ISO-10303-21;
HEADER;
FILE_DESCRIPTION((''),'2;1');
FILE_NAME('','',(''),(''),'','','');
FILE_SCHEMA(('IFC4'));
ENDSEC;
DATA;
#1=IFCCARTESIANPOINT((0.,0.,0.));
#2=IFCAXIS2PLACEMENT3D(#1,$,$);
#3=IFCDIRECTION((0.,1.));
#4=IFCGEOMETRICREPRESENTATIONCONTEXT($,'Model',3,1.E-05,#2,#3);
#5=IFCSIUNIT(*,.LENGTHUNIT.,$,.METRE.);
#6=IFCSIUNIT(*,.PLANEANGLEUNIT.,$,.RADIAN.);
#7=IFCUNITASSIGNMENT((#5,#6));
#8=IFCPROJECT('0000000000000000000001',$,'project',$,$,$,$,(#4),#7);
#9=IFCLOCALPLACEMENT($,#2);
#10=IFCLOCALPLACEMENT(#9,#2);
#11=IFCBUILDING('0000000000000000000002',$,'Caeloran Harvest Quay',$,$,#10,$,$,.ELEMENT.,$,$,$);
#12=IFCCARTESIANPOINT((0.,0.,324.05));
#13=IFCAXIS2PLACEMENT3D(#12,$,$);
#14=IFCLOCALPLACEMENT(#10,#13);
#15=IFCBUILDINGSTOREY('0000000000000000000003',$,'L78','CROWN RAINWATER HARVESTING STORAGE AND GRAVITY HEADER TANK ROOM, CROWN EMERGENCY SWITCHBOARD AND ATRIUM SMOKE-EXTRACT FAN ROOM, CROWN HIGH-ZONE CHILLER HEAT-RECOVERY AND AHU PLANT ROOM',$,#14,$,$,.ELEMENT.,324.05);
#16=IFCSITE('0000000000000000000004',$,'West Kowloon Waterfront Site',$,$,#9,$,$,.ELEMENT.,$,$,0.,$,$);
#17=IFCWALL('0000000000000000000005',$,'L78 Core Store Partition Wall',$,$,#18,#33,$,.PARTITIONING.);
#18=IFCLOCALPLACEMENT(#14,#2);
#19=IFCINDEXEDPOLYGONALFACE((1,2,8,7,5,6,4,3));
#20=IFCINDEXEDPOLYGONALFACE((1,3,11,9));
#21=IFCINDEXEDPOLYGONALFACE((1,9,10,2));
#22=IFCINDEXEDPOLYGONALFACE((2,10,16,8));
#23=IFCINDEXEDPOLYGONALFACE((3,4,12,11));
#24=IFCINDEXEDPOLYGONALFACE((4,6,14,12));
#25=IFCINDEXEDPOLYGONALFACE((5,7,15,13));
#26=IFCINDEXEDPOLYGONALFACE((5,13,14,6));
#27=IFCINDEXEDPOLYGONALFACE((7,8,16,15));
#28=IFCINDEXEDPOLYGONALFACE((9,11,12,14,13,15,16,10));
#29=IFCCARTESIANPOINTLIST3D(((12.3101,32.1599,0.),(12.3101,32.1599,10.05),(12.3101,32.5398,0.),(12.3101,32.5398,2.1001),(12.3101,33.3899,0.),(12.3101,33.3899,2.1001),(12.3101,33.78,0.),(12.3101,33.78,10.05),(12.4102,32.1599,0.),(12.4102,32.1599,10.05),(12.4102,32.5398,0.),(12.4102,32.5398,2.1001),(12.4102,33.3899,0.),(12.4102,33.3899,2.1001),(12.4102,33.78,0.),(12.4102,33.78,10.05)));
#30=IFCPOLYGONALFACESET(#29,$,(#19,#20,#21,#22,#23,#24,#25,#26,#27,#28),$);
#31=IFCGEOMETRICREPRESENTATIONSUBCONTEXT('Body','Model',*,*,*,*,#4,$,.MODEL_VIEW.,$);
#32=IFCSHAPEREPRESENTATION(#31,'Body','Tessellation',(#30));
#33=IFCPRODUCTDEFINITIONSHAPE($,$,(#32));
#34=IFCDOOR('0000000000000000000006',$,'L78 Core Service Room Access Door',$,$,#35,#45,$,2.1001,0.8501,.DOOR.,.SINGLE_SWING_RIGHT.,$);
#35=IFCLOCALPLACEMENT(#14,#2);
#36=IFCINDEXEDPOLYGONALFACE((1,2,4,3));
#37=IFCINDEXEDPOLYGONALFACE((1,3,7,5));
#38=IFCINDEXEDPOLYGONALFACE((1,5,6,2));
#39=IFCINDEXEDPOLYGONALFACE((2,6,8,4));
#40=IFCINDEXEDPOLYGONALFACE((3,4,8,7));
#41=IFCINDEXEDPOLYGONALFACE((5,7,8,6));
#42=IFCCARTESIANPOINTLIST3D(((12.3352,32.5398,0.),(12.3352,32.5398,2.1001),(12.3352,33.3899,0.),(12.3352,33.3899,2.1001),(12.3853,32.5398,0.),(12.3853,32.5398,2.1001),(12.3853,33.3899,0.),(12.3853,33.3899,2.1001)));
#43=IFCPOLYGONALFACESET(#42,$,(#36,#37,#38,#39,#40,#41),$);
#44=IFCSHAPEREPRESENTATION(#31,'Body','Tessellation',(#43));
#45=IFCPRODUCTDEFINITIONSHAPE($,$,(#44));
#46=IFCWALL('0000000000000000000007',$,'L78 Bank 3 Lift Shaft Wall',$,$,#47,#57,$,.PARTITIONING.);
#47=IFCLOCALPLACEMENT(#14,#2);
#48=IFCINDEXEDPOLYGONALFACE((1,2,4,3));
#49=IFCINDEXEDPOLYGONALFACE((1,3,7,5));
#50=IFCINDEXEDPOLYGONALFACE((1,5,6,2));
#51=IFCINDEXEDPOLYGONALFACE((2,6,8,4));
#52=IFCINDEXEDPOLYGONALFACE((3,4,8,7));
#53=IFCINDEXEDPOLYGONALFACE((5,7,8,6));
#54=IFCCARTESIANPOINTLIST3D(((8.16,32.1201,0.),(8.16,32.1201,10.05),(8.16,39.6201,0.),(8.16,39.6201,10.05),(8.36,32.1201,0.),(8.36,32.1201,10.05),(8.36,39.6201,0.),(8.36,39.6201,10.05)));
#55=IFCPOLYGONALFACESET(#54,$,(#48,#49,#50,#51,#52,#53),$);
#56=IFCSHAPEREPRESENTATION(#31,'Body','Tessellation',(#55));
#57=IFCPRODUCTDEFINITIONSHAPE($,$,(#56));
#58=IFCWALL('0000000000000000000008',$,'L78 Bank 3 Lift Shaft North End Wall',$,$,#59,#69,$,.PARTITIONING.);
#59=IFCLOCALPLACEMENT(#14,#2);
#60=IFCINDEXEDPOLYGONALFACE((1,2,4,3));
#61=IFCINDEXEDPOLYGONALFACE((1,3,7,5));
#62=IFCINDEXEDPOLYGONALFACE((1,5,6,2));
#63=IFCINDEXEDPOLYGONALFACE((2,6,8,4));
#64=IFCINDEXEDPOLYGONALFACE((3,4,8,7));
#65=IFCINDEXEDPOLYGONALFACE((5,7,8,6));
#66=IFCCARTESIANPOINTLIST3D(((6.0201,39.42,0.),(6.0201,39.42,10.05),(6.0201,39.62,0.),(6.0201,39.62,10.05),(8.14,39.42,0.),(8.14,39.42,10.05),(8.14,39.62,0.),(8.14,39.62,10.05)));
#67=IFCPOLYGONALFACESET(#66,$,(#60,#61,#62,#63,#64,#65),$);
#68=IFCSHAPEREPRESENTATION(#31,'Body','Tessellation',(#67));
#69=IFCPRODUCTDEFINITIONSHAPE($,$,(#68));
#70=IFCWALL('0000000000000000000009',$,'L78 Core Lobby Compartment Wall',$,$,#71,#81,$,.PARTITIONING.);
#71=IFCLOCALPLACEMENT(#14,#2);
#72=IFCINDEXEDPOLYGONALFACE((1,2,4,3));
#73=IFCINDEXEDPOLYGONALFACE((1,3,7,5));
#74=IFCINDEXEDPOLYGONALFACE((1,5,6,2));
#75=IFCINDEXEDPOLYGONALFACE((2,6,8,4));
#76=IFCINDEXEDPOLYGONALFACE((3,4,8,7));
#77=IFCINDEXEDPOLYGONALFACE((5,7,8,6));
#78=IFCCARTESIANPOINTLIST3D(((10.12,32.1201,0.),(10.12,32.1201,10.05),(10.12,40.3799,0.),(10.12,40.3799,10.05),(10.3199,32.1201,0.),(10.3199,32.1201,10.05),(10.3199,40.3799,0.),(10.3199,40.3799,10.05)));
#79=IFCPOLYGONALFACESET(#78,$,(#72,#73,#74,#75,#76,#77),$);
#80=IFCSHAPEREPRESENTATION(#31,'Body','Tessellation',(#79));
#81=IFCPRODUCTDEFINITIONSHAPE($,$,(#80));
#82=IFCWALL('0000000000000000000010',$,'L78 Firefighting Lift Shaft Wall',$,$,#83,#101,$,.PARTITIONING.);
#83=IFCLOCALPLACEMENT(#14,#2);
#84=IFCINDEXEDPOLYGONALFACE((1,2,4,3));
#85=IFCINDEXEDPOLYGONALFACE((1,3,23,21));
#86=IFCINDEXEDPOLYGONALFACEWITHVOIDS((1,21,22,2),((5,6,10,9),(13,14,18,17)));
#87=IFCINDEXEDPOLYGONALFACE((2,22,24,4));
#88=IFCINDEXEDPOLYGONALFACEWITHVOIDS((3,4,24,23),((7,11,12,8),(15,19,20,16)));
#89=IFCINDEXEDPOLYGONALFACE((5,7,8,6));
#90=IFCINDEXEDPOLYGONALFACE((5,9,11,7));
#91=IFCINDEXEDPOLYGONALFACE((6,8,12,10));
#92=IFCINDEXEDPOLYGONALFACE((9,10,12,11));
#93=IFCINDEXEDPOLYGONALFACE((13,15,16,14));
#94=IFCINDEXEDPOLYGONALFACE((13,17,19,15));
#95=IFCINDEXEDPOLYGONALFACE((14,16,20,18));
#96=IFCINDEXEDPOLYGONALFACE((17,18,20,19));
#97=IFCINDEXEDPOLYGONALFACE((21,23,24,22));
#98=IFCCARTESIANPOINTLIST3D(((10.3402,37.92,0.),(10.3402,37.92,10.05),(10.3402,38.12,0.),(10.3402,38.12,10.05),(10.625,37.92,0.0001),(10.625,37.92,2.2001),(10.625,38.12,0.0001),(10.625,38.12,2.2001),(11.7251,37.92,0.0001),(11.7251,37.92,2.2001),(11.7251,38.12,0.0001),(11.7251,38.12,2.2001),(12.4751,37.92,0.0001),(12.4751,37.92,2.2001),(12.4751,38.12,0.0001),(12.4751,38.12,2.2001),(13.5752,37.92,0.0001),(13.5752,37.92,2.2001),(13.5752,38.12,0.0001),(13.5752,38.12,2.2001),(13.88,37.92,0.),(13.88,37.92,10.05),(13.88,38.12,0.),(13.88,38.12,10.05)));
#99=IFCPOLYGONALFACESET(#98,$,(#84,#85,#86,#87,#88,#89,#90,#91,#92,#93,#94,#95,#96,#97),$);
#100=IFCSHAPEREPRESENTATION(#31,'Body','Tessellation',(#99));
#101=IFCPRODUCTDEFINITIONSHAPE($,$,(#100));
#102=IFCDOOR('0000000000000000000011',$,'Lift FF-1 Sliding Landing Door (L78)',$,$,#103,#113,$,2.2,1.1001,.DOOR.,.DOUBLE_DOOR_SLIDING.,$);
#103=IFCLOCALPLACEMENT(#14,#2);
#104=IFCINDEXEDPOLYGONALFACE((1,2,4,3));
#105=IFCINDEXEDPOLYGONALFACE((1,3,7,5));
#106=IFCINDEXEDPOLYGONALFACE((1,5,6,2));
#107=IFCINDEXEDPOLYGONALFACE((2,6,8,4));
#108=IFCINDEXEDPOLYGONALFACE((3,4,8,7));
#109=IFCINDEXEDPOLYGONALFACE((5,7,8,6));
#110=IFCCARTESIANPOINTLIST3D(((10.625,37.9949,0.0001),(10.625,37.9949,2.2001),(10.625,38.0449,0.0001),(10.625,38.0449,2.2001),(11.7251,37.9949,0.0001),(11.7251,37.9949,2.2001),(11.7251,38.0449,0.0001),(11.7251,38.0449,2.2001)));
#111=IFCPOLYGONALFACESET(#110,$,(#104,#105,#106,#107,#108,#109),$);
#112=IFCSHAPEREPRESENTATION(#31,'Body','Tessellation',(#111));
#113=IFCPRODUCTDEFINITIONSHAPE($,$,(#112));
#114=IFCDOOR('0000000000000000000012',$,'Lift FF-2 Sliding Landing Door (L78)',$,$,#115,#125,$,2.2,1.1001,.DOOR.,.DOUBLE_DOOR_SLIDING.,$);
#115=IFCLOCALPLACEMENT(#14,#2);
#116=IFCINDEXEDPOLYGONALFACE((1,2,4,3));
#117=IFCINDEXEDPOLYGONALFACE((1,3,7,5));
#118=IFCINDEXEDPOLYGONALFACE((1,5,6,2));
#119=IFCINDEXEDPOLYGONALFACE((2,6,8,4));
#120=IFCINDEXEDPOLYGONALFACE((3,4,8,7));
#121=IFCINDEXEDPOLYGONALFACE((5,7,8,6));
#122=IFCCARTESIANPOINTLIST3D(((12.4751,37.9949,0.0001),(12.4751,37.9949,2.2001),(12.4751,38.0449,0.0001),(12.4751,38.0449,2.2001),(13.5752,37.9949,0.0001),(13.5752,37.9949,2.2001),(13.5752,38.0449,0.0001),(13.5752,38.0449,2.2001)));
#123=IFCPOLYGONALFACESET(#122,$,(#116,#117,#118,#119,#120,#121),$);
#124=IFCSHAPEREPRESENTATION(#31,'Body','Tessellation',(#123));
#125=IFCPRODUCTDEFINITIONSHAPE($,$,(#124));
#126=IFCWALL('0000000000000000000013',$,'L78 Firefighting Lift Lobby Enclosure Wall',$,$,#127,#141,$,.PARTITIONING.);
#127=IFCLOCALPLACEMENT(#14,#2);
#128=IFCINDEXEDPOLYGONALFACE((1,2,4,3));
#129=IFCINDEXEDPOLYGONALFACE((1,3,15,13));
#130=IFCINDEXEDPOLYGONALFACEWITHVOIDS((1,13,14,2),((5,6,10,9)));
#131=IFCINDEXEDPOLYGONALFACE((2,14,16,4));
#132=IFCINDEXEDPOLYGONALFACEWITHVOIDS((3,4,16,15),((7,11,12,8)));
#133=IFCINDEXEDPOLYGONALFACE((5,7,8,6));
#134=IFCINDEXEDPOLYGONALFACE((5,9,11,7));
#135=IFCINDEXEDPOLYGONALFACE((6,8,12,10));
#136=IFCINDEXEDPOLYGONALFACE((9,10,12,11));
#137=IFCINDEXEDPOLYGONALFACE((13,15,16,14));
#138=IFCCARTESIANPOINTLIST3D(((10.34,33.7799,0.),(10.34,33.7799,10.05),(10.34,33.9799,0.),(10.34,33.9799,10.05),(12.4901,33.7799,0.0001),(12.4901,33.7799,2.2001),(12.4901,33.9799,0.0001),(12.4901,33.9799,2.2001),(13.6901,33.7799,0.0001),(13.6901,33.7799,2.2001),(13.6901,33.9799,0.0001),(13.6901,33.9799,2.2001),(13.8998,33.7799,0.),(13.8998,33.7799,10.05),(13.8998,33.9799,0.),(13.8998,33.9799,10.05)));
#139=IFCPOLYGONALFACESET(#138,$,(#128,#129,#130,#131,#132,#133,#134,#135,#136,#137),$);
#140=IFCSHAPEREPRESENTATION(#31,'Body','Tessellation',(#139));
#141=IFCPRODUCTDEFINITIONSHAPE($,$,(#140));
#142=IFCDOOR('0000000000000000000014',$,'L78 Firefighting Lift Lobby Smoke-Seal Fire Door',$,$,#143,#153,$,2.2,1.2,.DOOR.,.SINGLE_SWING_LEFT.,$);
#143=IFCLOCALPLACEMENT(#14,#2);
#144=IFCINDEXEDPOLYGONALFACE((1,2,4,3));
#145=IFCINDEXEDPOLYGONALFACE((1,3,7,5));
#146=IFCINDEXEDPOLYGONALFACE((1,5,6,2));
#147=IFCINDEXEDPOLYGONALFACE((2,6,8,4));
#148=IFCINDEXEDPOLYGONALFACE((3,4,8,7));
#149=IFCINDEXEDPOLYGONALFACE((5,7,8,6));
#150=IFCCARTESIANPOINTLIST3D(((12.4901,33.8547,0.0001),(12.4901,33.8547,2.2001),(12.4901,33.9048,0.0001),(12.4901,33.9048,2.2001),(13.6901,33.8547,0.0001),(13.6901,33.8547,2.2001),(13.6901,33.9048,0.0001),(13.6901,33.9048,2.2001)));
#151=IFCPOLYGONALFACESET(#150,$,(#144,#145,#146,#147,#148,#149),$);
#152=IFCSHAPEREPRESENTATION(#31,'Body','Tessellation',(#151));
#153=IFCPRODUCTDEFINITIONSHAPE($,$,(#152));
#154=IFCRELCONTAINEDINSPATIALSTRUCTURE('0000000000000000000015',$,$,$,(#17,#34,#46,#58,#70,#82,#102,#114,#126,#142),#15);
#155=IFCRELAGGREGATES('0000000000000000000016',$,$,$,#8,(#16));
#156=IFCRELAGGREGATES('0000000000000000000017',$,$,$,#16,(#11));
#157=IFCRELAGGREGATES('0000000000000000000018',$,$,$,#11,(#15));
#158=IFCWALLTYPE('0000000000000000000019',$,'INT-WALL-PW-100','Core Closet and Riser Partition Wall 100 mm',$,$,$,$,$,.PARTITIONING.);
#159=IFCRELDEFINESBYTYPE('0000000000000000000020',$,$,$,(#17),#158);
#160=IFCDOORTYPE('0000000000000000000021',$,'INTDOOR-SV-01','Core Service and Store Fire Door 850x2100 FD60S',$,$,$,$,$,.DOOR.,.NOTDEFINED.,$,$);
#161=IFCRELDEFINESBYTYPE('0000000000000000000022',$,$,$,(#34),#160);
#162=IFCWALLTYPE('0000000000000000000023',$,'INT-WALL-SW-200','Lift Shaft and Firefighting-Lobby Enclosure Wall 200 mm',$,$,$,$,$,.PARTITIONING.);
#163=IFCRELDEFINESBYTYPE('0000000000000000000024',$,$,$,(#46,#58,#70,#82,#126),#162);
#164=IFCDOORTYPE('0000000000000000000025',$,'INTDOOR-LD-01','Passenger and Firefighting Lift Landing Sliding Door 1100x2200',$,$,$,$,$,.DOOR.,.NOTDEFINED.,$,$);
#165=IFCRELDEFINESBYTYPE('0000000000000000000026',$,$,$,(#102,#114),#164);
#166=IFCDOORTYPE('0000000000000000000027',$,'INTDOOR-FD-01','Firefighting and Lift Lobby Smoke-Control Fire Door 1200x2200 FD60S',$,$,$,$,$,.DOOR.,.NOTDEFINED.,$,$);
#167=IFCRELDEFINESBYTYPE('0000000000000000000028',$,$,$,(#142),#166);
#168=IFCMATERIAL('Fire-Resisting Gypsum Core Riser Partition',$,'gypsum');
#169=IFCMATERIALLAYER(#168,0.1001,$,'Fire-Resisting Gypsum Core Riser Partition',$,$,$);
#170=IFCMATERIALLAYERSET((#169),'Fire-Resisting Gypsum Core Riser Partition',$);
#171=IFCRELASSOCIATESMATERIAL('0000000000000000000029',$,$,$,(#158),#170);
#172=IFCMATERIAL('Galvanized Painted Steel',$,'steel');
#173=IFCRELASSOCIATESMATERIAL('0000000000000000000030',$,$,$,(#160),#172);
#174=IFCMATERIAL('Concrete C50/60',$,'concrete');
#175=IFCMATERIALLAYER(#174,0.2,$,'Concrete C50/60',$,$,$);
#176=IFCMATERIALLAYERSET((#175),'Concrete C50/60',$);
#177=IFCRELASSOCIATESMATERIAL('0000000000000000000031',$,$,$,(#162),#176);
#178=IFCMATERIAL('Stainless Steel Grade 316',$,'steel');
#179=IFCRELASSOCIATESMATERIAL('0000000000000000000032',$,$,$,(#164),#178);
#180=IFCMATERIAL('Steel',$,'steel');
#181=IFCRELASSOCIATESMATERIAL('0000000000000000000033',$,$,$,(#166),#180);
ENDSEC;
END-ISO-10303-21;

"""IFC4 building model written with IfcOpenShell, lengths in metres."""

from ifc_helpers import new_model, si_unit, direction, frame, frame_2d, origin, place, context, subcontext, project, spatial, rectangle, extrude, material, layer, layer_set, type_object, element, fill, save


model = new_model("IFC4")

# Units and contexts
model_context = context("Model", 3, precision=1e-05, world=origin(), true_north=direction((0.0, 1.0)))
body_context = subcontext(model_context, "Body", "Model", "MODEL_VIEW")
ifc_project = project(units=[si_unit("LENGTHUNIT", "METRE"), si_unit("PLANEANGLEUNIT", "RADIAN")], contexts=[model_context])

# Site, building, storey
site_placement = place(None, origin())
site = spatial("IfcSite", under=ifc_project, at=site_placement, Name="West Kowloon Waterfront Site", CompositionType="ELEMENT", RefElevation=0.0)
building_placement = place(site_placement, origin())
building = spatial("IfcBuilding", under=site, at=building_placement, Name="Caeloran Harvest Quay", CompositionType="ELEMENT")
storey_placement = place(building_placement, frame((0.0, 0.0, 324.05)))
storey = spatial("IfcBuildingStorey", under=building, at=storey_placement, Name="L78", Description="CROWN RAINWATER HARVESTING STORAGE AND GRAVITY HEADER TANK ROOM, CROWN EMERGENCY SWITCHBOARD AND ATRIUM SMOKE-EXTRACT FAN ROOM, CROWN HIGH-ZONE CHILLER HEAT-RECOVERY AND AHU PLANT ROOM", CompositionType="ELEMENT", Elevation=324.05)

# Wall, opening, door
ifc_material_1 = material(Name="Fire-Resisting Gypsum Core Riser Partition", Category="gypsum")
ifc_layer_1 = layer(ifc_material_1, 0.1001, Name="Fire-Resisting Gypsum Core Riser Partition")
ifc_layer_set_1 = layer_set([ifc_layer_1], Name="Fire-Resisting Gypsum Core Riser Partition")
wall_type_1 = type_object("IfcWallType", Name="INT-WALL-PW-100", Description="Core Closet and Riser Partition Wall 100 mm", PredefinedType="PARTITIONING", material=ifc_layer_set_1)
wall_1_placement = place(storey_placement, frame((12.3601, 32.1599, 0.0), z_axis=(0.0, 0.0, 1.0), x_axis=(0.0, 1.0, 0.0)))
wall_1 = element("IfcWall", 1, at=wall_1_placement, inside=storey, type_object=wall_type_1, Name="L78 Core Store Partition Wall", PredefinedType="PARTITIONING", context=body_context, shape_type="SweptSolid", body=[
    extrude(rectangle(XDim=1.6201, YDim=0.1001, at=frame_2d((0.8101, 0.0))), origin(), (0.0, 0.0, 1.0), 10.05),
])
opening_1_placement = place(wall_1_placement, frame((0.3799, 0.0, 0.0)))
opening_1 = element("IfcOpeningElement", 2, at=opening_1_placement, cuts=wall_1, PredefinedType="OPENING", context=body_context, shape_type="SweptSolid", body=[
    extrude(rectangle(XDim=0.8501, YDim=2.1001, at=frame_2d((0.425, 1.05))), frame((0.0, 0.0601, 0.0), z_axis=(0.0, -1.0, 0.0), x_axis=(1.0, 0.0, 0.0)), (0.0, 0.0, 1.0), 0.1201),
])
ifc_material_2 = material(Name="Galvanized Painted Steel", Category="steel")
door_type_1 = type_object("IfcDoorType", Name="INTDOOR-SV-01", Description="Core Service and Store Fire Door 850x2100 FD60S", OperationType="NOTDEFINED", PredefinedType="DOOR", material=ifc_material_2)
door_1_placement = place(opening_1_placement, origin())
door_1 = element("IfcDoor", 3, at=door_1_placement, inside=storey, type_object=door_type_1, Name="L78 Core Service Room Access Door", OperationType="SINGLE_SWING_RIGHT", OverallHeight=2.1001, OverallWidth=0.8501, PredefinedType="DOOR", context=body_context, shape_type="SweptSolid", body=[
    extrude(rectangle(XDim=0.8501, YDim=2.1001, at=frame_2d((0.425, 1.05))), frame((0.0, 0.0249, 0.0), z_axis=(0.0, -1.0, 0.0), x_axis=(1.0, 0.0, 0.0)), (0.0, 0.0, 1.0), 0.05),
])
fill(opening_1, door_1)

# Walls
ifc_material_3 = material(Name="Concrete C50/60", Category="concrete")
ifc_layer_2 = layer(ifc_material_3, 0.2, Name="Concrete C50/60")
ifc_layer_set_2 = layer_set([ifc_layer_2], Name="Concrete C50/60")
wall_type_2 = type_object("IfcWallType", Name="INT-WALL-SW-200", Description="Lift Shaft and Firefighting-Lobby Enclosure Wall 200 mm", PredefinedType="PARTITIONING", material=ifc_layer_set_2)
wall_2_placement = place(storey_placement, frame((8.26, 32.1201, 0.0), z_axis=(0.0, 0.0, 1.0), x_axis=(0.0, 1.0, 0.0)))
element("IfcWall", 4, at=wall_2_placement, inside=storey, type_object=wall_type_2, Name="L78 Bank 3 Lift Shaft Wall", PredefinedType="PARTITIONING", context=body_context, shape_type="SweptSolid", body=[
    extrude(rectangle(XDim=7.5, YDim=0.2, at=frame_2d((3.75, 0.0))), origin(), (0.0, 0.0, 1.0), 10.05),
])
wall_3_placement = place(storey_placement, frame((6.02, 39.52, 0.0), z_axis=(0.0, 0.0, 1.0), x_axis=(1.0, 0.0, 0.0)))
element("IfcWall", 5, at=wall_3_placement, inside=storey, type_object=wall_type_2, Name="L78 Bank 3 Lift Shaft North End Wall", PredefinedType="PARTITIONING", context=body_context, shape_type="SweptSolid", body=[
    extrude(rectangle(XDim=2.1199, YDim=0.2, at=frame_2d((1.0601, 0.0))), origin(), (0.0, 0.0, 1.0), 10.05),
])
wall_4_placement = place(storey_placement, frame((10.22, 32.1201, 0.0), z_axis=(0.0, 0.0, 1.0), x_axis=(0.0, 1.0, 0.0)))
element("IfcWall", 6, at=wall_4_placement, inside=storey, type_object=wall_type_2, Name="L78 Core Lobby Compartment Wall", PredefinedType="PARTITIONING", context=body_context, shape_type="SweptSolid", body=[
    extrude(rectangle(XDim=8.2598, YDim=0.2, at=frame_2d((4.1299, 0.0))), origin(), (0.0, 0.0, 1.0), 10.05),
])

# Wall, openings, doors
wall_5_placement = place(storey_placement, frame((10.3401, 38.02, 0.0), z_axis=(0.0, 0.0, 1.0), x_axis=(1.0, 0.0, 0.0)))
wall_5 = element("IfcWall", 7, at=wall_5_placement, inside=storey, type_object=wall_type_2, Name="L78 Firefighting Lift Shaft Wall", PredefinedType="PARTITIONING", context=body_context, shape_type="SweptSolid", body=[
    extrude(rectangle(XDim=3.5398, YDim=0.2, at=frame_2d((1.77, 0.0))), origin(), (0.0, 0.0, 1.0), 10.05),
])
opening_2_placement = place(wall_5_placement, frame((0.2849, 0.0, 0.0)))
opening_2 = element("IfcOpeningElement", 8, at=opening_2_placement, cuts=wall_5, PredefinedType="OPENING", context=body_context, shape_type="SweptSolid", body=[
    extrude(rectangle(XDim=1.1001, YDim=2.2, at=frame_2d((0.55, 1.1001))), frame((0.0, 0.1099, 0.0), z_axis=(0.0, -1.0, 0.0), x_axis=(1.0, 0.0, 0.0)), (0.0, 0.0, 1.0), 0.22),
])
opening_3_placement = place(wall_5_placement, frame((2.135, 0.0, 0.0)))
opening_3 = element("IfcOpeningElement", 9, at=opening_3_placement, cuts=wall_5, PredefinedType="OPENING", context=body_context, shape_type="SweptSolid", body=[
    extrude(rectangle(XDim=1.1001, YDim=2.2, at=frame_2d((0.55, 1.1001))), frame((0.0, 0.1099, 0.0), z_axis=(0.0, -1.0, 0.0), x_axis=(1.0, 0.0, 0.0)), (0.0, 0.0, 1.0), 0.22),
])
ifc_material_4 = material(Name="Stainless Steel Grade 316", Category="steel")
door_type_2 = type_object("IfcDoorType", Name="INTDOOR-LD-01", Description="Passenger and Firefighting Lift Landing Sliding Door 1100x2200", OperationType="NOTDEFINED", PredefinedType="DOOR", material=ifc_material_4)
door_2_placement = place(opening_2_placement, origin())
door_2 = element("IfcDoor", 10, at=door_2_placement, inside=storey, type_object=door_type_2, Name="Lift FF-1 Sliding Landing Door (L78)", OperationType="DOUBLE_DOOR_SLIDING", OverallHeight=2.2, OverallWidth=1.1001, PredefinedType="DOOR", context=body_context, shape_type="SweptSolid", body=[
    extrude(rectangle(XDim=1.1001, YDim=2.2, at=frame_2d((0.55, 1.1001))), frame((0.0, 0.0249, 0.0), z_axis=(0.0, -1.0, 0.0), x_axis=(1.0, 0.0, 0.0)), (0.0, 0.0, 1.0), 0.05),
])
fill(opening_2, door_2)
door_3_placement = place(opening_3_placement, origin())
door_3 = element("IfcDoor", 11, at=door_3_placement, inside=storey, type_object=door_type_2, Name="Lift FF-2 Sliding Landing Door (L78)", OperationType="DOUBLE_DOOR_SLIDING", OverallHeight=2.2, OverallWidth=1.1001, PredefinedType="DOOR", context=body_context, shape_type="SweptSolid", body=[
    extrude(rectangle(XDim=1.1001, YDim=2.2, at=frame_2d((0.55, 1.1001))), frame((0.0, 0.0249, 0.0), z_axis=(0.0, -1.0, 0.0), x_axis=(1.0, 0.0, 0.0)), (0.0, 0.0, 1.0), 0.05),
])
fill(opening_3, door_3)

# Wall, opening, door
wall_6_placement = place(storey_placement, frame((10.3401, 33.8799, 0.0), z_axis=(0.0, 0.0, 1.0), x_axis=(1.0, 0.0, 0.0)))
wall_6 = element("IfcWall", 12, at=wall_6_placement, inside=storey, type_object=wall_type_2, Name="L78 Firefighting Lift Lobby Enclosure Wall", PredefinedType="PARTITIONING", context=body_context, shape_type="SweptSolid", body=[
    extrude(rectangle(XDim=3.5598, YDim=0.2, at=frame_2d((1.7798, 0.0))), origin(), (0.0, 0.0, 1.0), 10.05),
])
opening_4_placement = place(wall_6_placement, frame((2.1499, 0.0, 0.0)))
opening_4 = element("IfcOpeningElement", 13, at=opening_4_placement, cuts=wall_6, PredefinedType="OPENING", context=body_context, shape_type="SweptSolid", body=[
    extrude(rectangle(XDim=1.2, YDim=2.2, at=frame_2d((0.6001, 1.1001))), frame((0.0, 0.1099, 0.0), z_axis=(0.0, -1.0, 0.0), x_axis=(1.0, 0.0, 0.0)), (0.0, 0.0, 1.0), 0.22),
])
ifc_material_5 = material(Name="Steel", Category="steel")
door_type_3 = type_object("IfcDoorType", Name="INTDOOR-FD-01", Description="Firefighting and Lift Lobby Smoke-Control Fire Door 1200x2200 FD60S", OperationType="NOTDEFINED", PredefinedType="DOOR", material=ifc_material_5)
door_4_placement = place(opening_4_placement, origin())
door_4 = element("IfcDoor", 14, at=door_4_placement, inside=storey, type_object=door_type_3, Name="L78 Firefighting Lift Lobby Smoke-Seal Fire Door", OperationType="SINGLE_SWING_LEFT", OverallHeight=2.2, OverallWidth=1.2, PredefinedType="DOOR", context=body_context, shape_type="SweptSolid", body=[
    extrude(rectangle(XDim=1.2, YDim=2.2, at=frame_2d((0.6001, 1.1001))), frame((0.0, 0.0249, 0.0), z_axis=(0.0, -1.0, 0.0), x_axis=(1.0, 0.0, 0.0)), (0.0, 0.0, 1.0), 0.05),
])
fill(opening_4, door_4)

save(model, "model.ifc")
